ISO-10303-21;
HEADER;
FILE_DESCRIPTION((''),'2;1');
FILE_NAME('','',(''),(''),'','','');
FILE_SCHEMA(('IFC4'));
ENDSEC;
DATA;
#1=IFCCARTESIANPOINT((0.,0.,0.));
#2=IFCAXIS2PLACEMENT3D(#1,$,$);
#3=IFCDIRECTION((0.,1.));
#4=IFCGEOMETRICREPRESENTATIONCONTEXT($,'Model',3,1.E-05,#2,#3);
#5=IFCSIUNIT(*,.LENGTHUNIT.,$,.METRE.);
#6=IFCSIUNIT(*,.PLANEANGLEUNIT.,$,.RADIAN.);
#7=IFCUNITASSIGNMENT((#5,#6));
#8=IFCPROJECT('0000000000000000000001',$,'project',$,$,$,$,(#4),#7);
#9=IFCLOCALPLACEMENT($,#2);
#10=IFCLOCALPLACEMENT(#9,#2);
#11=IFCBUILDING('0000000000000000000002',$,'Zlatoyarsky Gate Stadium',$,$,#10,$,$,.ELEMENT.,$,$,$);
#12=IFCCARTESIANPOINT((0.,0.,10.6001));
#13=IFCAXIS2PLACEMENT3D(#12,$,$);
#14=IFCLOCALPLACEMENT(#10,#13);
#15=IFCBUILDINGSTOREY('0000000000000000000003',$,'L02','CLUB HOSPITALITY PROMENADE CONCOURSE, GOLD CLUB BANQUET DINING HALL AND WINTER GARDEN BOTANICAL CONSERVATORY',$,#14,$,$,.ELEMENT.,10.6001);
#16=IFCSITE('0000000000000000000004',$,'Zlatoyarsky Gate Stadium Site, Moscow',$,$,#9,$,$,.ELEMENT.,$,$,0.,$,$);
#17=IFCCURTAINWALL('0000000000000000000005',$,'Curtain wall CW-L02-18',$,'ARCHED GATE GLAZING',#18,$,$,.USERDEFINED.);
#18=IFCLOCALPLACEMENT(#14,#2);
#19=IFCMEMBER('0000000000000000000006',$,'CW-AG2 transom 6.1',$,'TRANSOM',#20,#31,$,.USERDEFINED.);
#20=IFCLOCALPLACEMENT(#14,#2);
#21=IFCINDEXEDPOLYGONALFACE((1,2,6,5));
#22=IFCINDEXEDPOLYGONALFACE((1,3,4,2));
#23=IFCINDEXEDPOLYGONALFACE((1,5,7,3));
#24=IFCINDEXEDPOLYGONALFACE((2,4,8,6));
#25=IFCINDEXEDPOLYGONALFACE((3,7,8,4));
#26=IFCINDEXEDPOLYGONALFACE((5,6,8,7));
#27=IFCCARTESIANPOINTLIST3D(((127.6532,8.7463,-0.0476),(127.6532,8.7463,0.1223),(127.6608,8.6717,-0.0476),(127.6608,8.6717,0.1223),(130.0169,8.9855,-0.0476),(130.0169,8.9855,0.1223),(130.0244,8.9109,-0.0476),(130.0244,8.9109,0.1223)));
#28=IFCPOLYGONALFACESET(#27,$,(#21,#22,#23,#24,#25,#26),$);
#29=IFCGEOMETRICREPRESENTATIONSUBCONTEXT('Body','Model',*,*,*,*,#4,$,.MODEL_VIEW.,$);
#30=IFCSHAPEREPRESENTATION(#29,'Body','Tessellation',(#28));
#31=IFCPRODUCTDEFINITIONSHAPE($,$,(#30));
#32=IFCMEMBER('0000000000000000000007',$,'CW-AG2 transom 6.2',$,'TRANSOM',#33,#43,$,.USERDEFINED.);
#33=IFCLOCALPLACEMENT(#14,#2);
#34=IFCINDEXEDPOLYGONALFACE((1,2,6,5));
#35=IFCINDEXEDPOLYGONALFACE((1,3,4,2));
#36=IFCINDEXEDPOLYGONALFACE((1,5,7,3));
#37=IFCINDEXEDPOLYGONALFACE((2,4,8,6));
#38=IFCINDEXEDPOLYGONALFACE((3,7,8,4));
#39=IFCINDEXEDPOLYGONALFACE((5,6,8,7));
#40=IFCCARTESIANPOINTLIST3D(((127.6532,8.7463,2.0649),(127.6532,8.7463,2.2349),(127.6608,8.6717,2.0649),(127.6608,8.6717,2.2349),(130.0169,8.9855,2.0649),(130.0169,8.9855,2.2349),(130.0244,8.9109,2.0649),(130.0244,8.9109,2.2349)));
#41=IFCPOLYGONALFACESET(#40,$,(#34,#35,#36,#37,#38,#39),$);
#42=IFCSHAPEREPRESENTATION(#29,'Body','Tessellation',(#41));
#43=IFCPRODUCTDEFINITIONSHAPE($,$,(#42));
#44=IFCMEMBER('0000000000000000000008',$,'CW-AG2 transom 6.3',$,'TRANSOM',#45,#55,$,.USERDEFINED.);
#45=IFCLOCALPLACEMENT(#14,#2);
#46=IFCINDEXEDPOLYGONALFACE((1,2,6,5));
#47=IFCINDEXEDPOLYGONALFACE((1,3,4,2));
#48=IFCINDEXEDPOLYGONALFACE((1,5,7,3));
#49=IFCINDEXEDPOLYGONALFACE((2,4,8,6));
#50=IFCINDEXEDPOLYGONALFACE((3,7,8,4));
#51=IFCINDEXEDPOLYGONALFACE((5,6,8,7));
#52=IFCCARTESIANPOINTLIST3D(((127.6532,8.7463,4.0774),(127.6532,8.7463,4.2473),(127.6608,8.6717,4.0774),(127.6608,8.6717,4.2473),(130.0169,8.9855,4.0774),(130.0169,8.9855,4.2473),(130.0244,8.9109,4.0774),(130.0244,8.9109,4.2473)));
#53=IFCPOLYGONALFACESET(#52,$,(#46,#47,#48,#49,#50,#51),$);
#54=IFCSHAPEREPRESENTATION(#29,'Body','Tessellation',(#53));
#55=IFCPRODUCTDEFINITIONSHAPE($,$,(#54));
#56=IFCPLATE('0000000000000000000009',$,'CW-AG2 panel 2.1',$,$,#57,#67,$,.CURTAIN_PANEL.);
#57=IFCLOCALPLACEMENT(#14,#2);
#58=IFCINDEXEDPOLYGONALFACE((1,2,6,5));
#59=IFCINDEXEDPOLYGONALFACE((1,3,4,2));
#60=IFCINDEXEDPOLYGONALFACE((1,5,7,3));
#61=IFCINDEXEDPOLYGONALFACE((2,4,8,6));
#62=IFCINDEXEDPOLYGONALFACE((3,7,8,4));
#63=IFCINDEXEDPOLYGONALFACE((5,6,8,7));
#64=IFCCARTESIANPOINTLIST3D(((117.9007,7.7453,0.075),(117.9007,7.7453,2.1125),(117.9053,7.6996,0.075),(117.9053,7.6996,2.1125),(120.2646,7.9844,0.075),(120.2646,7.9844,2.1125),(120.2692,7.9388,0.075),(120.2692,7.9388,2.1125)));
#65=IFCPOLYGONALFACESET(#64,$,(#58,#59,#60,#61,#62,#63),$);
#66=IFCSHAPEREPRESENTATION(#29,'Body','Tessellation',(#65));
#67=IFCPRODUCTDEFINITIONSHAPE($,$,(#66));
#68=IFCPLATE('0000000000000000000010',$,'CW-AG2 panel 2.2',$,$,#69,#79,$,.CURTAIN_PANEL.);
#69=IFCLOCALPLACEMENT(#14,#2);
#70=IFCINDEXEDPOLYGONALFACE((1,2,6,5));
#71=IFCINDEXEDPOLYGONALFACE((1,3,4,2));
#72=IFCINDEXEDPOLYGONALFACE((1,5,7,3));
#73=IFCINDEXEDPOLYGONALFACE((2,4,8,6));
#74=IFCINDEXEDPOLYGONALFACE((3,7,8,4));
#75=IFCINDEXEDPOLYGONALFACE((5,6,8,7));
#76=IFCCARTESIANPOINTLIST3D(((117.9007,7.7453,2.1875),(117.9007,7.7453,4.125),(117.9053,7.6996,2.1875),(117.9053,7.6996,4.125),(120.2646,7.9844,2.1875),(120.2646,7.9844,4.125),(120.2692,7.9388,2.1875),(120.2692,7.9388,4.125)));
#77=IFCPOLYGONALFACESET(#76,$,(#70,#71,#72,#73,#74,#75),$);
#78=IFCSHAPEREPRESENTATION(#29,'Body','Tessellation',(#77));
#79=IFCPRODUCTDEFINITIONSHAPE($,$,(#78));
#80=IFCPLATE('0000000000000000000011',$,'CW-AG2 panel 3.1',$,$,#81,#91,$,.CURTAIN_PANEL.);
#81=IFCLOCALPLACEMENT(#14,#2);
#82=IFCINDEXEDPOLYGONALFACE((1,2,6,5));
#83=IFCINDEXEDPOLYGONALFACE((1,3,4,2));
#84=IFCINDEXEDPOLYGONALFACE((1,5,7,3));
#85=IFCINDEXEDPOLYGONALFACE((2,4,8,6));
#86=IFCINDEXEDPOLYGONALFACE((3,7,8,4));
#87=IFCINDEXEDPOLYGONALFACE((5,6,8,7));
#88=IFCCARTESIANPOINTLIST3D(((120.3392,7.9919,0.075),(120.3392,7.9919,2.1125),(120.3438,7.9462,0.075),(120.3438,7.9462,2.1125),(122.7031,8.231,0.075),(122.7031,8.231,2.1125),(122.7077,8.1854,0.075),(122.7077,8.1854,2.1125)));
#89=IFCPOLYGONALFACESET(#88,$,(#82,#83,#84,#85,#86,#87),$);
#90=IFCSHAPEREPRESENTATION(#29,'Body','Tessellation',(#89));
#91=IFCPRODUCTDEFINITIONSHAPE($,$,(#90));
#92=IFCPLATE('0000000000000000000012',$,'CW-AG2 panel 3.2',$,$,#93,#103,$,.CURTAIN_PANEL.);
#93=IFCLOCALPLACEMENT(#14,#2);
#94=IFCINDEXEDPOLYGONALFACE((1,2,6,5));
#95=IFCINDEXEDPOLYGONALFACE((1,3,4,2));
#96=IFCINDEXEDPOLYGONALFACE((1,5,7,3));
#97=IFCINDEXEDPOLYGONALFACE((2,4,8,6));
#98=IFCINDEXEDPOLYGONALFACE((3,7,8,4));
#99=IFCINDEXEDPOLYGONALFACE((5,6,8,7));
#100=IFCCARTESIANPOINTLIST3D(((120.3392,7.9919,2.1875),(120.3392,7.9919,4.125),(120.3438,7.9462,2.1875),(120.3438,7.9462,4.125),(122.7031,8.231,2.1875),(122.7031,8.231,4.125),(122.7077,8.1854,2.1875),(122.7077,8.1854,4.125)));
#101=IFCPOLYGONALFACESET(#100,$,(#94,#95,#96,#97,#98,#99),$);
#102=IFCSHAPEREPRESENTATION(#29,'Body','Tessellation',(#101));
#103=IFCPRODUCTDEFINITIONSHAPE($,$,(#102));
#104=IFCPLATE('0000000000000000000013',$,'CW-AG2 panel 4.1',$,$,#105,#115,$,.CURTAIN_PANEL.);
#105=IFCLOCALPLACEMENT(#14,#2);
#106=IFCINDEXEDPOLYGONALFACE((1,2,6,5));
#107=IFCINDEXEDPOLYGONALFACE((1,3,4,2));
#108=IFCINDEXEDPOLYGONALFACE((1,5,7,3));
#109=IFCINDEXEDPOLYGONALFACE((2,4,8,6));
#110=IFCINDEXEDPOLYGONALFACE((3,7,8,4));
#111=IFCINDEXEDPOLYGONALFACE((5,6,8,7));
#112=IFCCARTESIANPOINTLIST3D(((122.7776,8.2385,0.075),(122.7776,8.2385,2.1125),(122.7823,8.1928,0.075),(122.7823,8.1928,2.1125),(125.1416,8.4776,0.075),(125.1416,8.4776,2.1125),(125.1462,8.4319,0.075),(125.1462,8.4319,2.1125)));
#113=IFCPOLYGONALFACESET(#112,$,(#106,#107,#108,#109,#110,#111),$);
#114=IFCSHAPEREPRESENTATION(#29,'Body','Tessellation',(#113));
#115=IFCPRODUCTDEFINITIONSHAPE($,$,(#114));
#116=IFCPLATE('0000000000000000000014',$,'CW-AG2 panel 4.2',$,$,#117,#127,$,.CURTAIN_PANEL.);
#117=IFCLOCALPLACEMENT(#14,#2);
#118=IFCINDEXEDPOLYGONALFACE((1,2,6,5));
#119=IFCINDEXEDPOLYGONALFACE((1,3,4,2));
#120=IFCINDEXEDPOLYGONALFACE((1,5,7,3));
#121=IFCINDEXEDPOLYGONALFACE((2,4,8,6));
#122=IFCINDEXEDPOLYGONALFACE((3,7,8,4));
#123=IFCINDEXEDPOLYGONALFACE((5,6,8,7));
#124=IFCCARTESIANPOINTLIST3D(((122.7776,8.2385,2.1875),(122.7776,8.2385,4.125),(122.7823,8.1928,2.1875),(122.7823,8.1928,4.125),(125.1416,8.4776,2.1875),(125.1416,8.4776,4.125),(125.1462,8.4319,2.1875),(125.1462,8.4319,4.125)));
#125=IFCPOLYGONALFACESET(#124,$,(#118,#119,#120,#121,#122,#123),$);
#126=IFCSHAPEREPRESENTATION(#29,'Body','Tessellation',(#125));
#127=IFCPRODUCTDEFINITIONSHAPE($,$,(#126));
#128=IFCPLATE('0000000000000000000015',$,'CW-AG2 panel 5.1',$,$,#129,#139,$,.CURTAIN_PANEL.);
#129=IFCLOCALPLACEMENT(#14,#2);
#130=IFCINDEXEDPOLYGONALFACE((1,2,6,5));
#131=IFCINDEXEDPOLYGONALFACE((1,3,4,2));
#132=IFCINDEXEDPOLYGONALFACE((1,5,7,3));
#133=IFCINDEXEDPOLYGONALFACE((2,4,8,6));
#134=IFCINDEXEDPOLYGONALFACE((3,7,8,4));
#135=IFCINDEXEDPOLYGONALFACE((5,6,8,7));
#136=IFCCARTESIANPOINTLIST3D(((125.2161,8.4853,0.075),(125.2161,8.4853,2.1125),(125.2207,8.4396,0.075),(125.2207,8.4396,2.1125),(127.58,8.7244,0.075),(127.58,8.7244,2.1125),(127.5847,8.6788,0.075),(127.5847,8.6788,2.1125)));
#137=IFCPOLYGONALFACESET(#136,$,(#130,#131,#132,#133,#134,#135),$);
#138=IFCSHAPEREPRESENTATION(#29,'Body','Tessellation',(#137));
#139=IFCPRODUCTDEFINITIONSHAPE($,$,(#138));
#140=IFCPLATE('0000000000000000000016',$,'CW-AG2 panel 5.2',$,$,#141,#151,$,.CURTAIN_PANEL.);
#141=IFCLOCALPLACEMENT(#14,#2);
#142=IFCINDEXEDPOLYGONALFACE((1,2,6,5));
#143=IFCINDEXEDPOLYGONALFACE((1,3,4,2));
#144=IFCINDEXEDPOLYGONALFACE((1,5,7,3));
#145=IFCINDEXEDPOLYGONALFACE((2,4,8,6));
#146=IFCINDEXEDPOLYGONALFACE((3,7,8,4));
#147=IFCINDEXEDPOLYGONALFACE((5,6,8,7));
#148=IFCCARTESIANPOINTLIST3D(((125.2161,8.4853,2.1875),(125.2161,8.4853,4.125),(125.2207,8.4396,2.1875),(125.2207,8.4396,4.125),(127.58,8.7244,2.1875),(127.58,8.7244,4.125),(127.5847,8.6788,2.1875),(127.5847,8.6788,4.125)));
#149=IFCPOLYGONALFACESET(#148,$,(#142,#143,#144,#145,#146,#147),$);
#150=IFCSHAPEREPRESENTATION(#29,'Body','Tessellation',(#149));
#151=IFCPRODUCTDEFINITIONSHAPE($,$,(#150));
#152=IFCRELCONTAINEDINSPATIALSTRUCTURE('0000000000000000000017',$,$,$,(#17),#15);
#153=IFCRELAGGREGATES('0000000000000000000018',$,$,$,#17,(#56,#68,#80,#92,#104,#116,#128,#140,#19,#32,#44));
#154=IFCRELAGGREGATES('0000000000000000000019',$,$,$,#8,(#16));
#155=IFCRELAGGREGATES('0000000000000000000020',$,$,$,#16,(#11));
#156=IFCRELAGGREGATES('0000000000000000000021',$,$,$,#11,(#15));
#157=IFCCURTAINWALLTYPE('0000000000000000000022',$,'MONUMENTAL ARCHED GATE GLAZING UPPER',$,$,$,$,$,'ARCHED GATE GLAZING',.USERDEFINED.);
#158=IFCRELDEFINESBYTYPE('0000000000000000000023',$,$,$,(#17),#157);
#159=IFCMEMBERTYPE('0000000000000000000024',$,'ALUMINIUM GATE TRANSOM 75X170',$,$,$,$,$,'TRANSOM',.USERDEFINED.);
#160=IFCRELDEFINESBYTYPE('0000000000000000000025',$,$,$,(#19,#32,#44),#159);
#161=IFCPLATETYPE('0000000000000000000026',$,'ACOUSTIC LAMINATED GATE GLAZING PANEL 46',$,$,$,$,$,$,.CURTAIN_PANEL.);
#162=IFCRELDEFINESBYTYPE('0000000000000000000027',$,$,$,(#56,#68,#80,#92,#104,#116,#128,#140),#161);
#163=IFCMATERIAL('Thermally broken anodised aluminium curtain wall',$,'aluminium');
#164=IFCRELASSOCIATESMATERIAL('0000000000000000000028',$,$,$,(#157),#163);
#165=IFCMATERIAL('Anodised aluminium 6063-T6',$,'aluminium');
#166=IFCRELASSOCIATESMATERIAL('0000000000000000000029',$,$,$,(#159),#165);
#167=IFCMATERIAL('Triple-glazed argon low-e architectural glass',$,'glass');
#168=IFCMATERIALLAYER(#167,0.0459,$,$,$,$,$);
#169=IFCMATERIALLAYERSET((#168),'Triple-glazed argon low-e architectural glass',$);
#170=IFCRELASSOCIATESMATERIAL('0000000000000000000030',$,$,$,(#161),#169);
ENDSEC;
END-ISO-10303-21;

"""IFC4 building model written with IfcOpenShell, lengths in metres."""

from ifc_helpers import new_model, si_unit, direction, frame, origin, origin_2d, place, context, subcontext, project, spatial, rectangle, extrude, material, layer, layer_set, material_profile, profile_set, type_object, element, aggregate, save


model = new_model("IFC4")

# Units and contexts
model_context = context("Model", 3, precision=1e-05, world=origin(), true_north=direction((0.0, 1.0)))
body_context = subcontext(model_context, "Body", "Model", "MODEL_VIEW")
ifc_project = project(units=[si_unit("LENGTHUNIT", "METRE"), si_unit("PLANEANGLEUNIT", "RADIAN")], contexts=[model_context])

# Site, building, storey
site_placement = place(None, origin())
site = spatial("IfcSite", under=ifc_project, at=site_placement, Name="Zlatoyarsky Gate Stadium Site, Moscow", CompositionType="ELEMENT", RefElevation=0.0)
building_placement = place(site_placement, origin())
building = spatial("IfcBuilding", under=site, at=building_placement, Name="Zlatoyarsky Gate Stadium", CompositionType="ELEMENT")
storey_placement = place(building_placement, frame((0.0, 0.0, 10.6001)))
storey = spatial("IfcBuildingStorey", under=building, at=storey_placement, Name="L02", Description="CLUB HOSPITALITY PROMENADE CONCOURSE, GOLD CLUB BANQUET DINING HALL AND WINTER GARDEN BOTANICAL CONSERVATORY", CompositionType="ELEMENT", Elevation=10.6001)

# Curtain wall, members, plates
ifc_material_1 = material(Name="Thermally broken anodised aluminium curtain wall", Category="aluminium")
curtain_wall_type = type_object("IfcCurtainWallType", Name="MONUMENTAL ARCHED GATE GLAZING UPPER", ElementType="ARCHED GATE GLAZING", PredefinedType="USERDEFINED", material=ifc_material_1)
curtain_wall_placement = place(storey_placement, origin())
curtain_wall = element("IfcCurtainWall", 1, at=curtain_wall_placement, inside=storey, type_object=curtain_wall_type, Name="Curtain wall CW-L02-18", ObjectType="ARCHED GATE GLAZING", PredefinedType="USERDEFINED")
ifc_material_2 = material(Name="Anodised aluminium 6063-T6", Category="aluminium")
ifc_material_profile_1 = material_profile(ifc_material_2, rectangle(XDim=0.075, YDim=0.1699, at=origin_2d()), Name="ALU 75X170")
ifc_profile_set_1 = profile_set([ifc_material_profile_1], Name="Anodised aluminium 6063-T6")
member_type_1 = type_object("IfcMemberType", Name="ALUMINIUM GATE TRANSOM 75X170", ElementType="TRANSOM", PredefinedType="USERDEFINED", material=ifc_profile_set_1)
member_1_placement = place(storey_placement, frame((127.657, 8.709, 0.0374), z_axis=(0.994916, 0.100704, 0.0), x_axis=(-0.100704, 0.994916, 0.0)))
member_1 = element("IfcMember", 2, at=member_1_placement, type_object=member_type_1, Name="CW-AG2 transom 6.1", ObjectType="TRANSOM", PredefinedType="USERDEFINED", context=body_context, shape_type="SweptSolid", body=[
    extrude(rectangle(XDim=0.075, YDim=0.1699, at=origin_2d()), origin(), (0.0, 0.0, 1.0), 2.3757),
])
member_2_placement = place(storey_placement, frame((127.657, 8.709, 2.1499), z_axis=(0.994916, 0.100704, 0.0), x_axis=(-0.100704, 0.994916, 0.0)))
member_2 = element("IfcMember", 3, at=member_2_placement, type_object=member_type_1, Name="CW-AG2 transom 6.2", ObjectType="TRANSOM", PredefinedType="USERDEFINED", context=body_context, shape_type="SweptSolid", body=[
    extrude(rectangle(XDim=0.075, YDim=0.1699, at=origin_2d()), origin(), (0.0, 0.0, 1.0), 2.3757),
])
member_3_placement = place(storey_placement, frame((127.657, 8.709, 4.1624), z_axis=(0.994916, 0.100704, 0.0), x_axis=(-0.100704, 0.994916, 0.0)))
member_3 = element("IfcMember", 4, at=member_3_placement, type_object=member_type_1, Name="CW-AG2 transom 6.3", ObjectType="TRANSOM", PredefinedType="USERDEFINED", context=body_context, shape_type="SweptSolid", body=[
    extrude(rectangle(XDim=0.075, YDim=0.1699, at=origin_2d()), origin(), (0.0, 0.0, 1.0), 2.3757),
])
ifc_material_3 = material(Name="Triple-glazed argon low-e architectural glass", Category="glass")
ifc_layer = layer(ifc_material_3, 0.0459)
ifc_layer_set = layer_set([ifc_layer], Name="Triple-glazed argon low-e architectural glass")
plate_type = type_object("IfcPlateType", Name="ACOUSTIC LAMINATED GATE GLAZING PANEL 46", PredefinedType="CURTAIN_PANEL", material=ifc_layer_set)
plate_1_placement = place(storey_placement, frame((119.085, 7.842, 0.075), z_axis=(0.0, 0.0, 1.0), x_axis=(0.994923, 0.100642, 0.0)))
plate_1 = element("IfcPlate", 5, at=plate_1_placement, type_object=plate_type, Name="CW-AG2 panel 2.1", PredefinedType="CURTAIN_PANEL", context=body_context, shape_type="SweptSolid", body=[
    extrude(rectangle(XDim=2.376, YDim=0.0459, at=origin_2d()), origin(), (0.0, 0.0, 1.0), 2.0376),
])
plate_2_placement = place(storey_placement, frame((119.085, 7.842, 2.1875), z_axis=(0.0, 0.0, 1.0), x_axis=(0.994923, 0.100642, 0.0)))
plate_2 = element("IfcPlate", 6, at=plate_2_placement, type_object=plate_type, Name="CW-AG2 panel 2.2", PredefinedType="CURTAIN_PANEL", context=body_context, shape_type="SweptSolid", body=[
    extrude(rectangle(XDim=2.376, YDim=0.0459, at=origin_2d()), origin(), (0.0, 0.0, 1.0), 1.9375),
])
plate_3_placement = place(storey_placement, frame((121.5234, 8.0886, 0.075), z_axis=(0.0, 0.0, 1.0), x_axis=(0.994923, 0.100642, 0.0)))
plate_3 = element("IfcPlate", 7, at=plate_3_placement, type_object=plate_type, Name="CW-AG2 panel 3.1", PredefinedType="CURTAIN_PANEL", context=body_context, shape_type="SweptSolid", body=[
    extrude(rectangle(XDim=2.376, YDim=0.0459, at=origin_2d()), origin(), (0.0, 0.0, 1.0), 2.0376),
])
plate_4_placement = place(storey_placement, frame((121.5234, 8.0886, 2.1875), z_axis=(0.0, 0.0, 1.0), x_axis=(0.994923, 0.100642, 0.0)))
plate_4 = element("IfcPlate", 8, at=plate_4_placement, type_object=plate_type, Name="CW-AG2 panel 3.2", PredefinedType="CURTAIN_PANEL", context=body_context, shape_type="SweptSolid", body=[
    extrude(rectangle(XDim=2.376, YDim=0.0459, at=origin_2d()), origin(), (0.0, 0.0, 1.0), 1.9375),
])
plate_5_placement = place(storey_placement, frame((123.9619, 8.3352, 0.075), z_axis=(0.0, 0.0, 1.0), x_axis=(0.994923, 0.100642, 0.0)))
plate_5 = element("IfcPlate", 9, at=plate_5_placement, type_object=plate_type, Name="CW-AG2 panel 4.1", PredefinedType="CURTAIN_PANEL", context=body_context, shape_type="SweptSolid", body=[
    extrude(rectangle(XDim=2.376, YDim=0.0459, at=origin_2d()), origin(), (0.0, 0.0, 1.0), 2.0376),
])
plate_6_placement = place(storey_placement, frame((123.9619, 8.3352, 2.1875), z_axis=(0.0, 0.0, 1.0), x_axis=(0.994923, 0.100642, 0.0)))
plate_6 = element("IfcPlate", 10, at=plate_6_placement, type_object=plate_type, Name="CW-AG2 panel 4.2", PredefinedType="CURTAIN_PANEL", context=body_context, shape_type="SweptSolid", body=[
    extrude(rectangle(XDim=2.376, YDim=0.0459, at=origin_2d()), origin(), (0.0, 0.0, 1.0), 1.9375),
])
plate_7_placement = place(storey_placement, frame((126.4004, 8.582, 0.075), z_axis=(0.0, 0.0, 1.0), x_axis=(0.994923, 0.100642, 0.0)))
plate_7 = element("IfcPlate", 11, at=plate_7_placement, type_object=plate_type, Name="CW-AG2 panel 5.1", PredefinedType="CURTAIN_PANEL", context=body_context, shape_type="SweptSolid", body=[
    extrude(rectangle(XDim=2.376, YDim=0.0459, at=origin_2d()), origin(), (0.0, 0.0, 1.0), 2.0376),
])
plate_8_placement = place(storey_placement, frame((126.4004, 8.582, 2.1875), z_axis=(0.0, 0.0, 1.0), x_axis=(0.994923, 0.100642, 0.0)))
plate_8 = element("IfcPlate", 12, at=plate_8_placement, type_object=plate_type, Name="CW-AG2 panel 5.2", PredefinedType="CURTAIN_PANEL", context=body_context, shape_type="SweptSolid", body=[
    extrude(rectangle(XDim=2.376, YDim=0.0459, at=origin_2d()), origin(), (0.0, 0.0, 1.0), 1.9375),
])
aggregate(curtain_wall, [plate_1, plate_2, plate_3, plate_4, plate_5, plate_6, plate_7, plate_8, member_1, member_2, member_3])

save(model, "model.ifc")
